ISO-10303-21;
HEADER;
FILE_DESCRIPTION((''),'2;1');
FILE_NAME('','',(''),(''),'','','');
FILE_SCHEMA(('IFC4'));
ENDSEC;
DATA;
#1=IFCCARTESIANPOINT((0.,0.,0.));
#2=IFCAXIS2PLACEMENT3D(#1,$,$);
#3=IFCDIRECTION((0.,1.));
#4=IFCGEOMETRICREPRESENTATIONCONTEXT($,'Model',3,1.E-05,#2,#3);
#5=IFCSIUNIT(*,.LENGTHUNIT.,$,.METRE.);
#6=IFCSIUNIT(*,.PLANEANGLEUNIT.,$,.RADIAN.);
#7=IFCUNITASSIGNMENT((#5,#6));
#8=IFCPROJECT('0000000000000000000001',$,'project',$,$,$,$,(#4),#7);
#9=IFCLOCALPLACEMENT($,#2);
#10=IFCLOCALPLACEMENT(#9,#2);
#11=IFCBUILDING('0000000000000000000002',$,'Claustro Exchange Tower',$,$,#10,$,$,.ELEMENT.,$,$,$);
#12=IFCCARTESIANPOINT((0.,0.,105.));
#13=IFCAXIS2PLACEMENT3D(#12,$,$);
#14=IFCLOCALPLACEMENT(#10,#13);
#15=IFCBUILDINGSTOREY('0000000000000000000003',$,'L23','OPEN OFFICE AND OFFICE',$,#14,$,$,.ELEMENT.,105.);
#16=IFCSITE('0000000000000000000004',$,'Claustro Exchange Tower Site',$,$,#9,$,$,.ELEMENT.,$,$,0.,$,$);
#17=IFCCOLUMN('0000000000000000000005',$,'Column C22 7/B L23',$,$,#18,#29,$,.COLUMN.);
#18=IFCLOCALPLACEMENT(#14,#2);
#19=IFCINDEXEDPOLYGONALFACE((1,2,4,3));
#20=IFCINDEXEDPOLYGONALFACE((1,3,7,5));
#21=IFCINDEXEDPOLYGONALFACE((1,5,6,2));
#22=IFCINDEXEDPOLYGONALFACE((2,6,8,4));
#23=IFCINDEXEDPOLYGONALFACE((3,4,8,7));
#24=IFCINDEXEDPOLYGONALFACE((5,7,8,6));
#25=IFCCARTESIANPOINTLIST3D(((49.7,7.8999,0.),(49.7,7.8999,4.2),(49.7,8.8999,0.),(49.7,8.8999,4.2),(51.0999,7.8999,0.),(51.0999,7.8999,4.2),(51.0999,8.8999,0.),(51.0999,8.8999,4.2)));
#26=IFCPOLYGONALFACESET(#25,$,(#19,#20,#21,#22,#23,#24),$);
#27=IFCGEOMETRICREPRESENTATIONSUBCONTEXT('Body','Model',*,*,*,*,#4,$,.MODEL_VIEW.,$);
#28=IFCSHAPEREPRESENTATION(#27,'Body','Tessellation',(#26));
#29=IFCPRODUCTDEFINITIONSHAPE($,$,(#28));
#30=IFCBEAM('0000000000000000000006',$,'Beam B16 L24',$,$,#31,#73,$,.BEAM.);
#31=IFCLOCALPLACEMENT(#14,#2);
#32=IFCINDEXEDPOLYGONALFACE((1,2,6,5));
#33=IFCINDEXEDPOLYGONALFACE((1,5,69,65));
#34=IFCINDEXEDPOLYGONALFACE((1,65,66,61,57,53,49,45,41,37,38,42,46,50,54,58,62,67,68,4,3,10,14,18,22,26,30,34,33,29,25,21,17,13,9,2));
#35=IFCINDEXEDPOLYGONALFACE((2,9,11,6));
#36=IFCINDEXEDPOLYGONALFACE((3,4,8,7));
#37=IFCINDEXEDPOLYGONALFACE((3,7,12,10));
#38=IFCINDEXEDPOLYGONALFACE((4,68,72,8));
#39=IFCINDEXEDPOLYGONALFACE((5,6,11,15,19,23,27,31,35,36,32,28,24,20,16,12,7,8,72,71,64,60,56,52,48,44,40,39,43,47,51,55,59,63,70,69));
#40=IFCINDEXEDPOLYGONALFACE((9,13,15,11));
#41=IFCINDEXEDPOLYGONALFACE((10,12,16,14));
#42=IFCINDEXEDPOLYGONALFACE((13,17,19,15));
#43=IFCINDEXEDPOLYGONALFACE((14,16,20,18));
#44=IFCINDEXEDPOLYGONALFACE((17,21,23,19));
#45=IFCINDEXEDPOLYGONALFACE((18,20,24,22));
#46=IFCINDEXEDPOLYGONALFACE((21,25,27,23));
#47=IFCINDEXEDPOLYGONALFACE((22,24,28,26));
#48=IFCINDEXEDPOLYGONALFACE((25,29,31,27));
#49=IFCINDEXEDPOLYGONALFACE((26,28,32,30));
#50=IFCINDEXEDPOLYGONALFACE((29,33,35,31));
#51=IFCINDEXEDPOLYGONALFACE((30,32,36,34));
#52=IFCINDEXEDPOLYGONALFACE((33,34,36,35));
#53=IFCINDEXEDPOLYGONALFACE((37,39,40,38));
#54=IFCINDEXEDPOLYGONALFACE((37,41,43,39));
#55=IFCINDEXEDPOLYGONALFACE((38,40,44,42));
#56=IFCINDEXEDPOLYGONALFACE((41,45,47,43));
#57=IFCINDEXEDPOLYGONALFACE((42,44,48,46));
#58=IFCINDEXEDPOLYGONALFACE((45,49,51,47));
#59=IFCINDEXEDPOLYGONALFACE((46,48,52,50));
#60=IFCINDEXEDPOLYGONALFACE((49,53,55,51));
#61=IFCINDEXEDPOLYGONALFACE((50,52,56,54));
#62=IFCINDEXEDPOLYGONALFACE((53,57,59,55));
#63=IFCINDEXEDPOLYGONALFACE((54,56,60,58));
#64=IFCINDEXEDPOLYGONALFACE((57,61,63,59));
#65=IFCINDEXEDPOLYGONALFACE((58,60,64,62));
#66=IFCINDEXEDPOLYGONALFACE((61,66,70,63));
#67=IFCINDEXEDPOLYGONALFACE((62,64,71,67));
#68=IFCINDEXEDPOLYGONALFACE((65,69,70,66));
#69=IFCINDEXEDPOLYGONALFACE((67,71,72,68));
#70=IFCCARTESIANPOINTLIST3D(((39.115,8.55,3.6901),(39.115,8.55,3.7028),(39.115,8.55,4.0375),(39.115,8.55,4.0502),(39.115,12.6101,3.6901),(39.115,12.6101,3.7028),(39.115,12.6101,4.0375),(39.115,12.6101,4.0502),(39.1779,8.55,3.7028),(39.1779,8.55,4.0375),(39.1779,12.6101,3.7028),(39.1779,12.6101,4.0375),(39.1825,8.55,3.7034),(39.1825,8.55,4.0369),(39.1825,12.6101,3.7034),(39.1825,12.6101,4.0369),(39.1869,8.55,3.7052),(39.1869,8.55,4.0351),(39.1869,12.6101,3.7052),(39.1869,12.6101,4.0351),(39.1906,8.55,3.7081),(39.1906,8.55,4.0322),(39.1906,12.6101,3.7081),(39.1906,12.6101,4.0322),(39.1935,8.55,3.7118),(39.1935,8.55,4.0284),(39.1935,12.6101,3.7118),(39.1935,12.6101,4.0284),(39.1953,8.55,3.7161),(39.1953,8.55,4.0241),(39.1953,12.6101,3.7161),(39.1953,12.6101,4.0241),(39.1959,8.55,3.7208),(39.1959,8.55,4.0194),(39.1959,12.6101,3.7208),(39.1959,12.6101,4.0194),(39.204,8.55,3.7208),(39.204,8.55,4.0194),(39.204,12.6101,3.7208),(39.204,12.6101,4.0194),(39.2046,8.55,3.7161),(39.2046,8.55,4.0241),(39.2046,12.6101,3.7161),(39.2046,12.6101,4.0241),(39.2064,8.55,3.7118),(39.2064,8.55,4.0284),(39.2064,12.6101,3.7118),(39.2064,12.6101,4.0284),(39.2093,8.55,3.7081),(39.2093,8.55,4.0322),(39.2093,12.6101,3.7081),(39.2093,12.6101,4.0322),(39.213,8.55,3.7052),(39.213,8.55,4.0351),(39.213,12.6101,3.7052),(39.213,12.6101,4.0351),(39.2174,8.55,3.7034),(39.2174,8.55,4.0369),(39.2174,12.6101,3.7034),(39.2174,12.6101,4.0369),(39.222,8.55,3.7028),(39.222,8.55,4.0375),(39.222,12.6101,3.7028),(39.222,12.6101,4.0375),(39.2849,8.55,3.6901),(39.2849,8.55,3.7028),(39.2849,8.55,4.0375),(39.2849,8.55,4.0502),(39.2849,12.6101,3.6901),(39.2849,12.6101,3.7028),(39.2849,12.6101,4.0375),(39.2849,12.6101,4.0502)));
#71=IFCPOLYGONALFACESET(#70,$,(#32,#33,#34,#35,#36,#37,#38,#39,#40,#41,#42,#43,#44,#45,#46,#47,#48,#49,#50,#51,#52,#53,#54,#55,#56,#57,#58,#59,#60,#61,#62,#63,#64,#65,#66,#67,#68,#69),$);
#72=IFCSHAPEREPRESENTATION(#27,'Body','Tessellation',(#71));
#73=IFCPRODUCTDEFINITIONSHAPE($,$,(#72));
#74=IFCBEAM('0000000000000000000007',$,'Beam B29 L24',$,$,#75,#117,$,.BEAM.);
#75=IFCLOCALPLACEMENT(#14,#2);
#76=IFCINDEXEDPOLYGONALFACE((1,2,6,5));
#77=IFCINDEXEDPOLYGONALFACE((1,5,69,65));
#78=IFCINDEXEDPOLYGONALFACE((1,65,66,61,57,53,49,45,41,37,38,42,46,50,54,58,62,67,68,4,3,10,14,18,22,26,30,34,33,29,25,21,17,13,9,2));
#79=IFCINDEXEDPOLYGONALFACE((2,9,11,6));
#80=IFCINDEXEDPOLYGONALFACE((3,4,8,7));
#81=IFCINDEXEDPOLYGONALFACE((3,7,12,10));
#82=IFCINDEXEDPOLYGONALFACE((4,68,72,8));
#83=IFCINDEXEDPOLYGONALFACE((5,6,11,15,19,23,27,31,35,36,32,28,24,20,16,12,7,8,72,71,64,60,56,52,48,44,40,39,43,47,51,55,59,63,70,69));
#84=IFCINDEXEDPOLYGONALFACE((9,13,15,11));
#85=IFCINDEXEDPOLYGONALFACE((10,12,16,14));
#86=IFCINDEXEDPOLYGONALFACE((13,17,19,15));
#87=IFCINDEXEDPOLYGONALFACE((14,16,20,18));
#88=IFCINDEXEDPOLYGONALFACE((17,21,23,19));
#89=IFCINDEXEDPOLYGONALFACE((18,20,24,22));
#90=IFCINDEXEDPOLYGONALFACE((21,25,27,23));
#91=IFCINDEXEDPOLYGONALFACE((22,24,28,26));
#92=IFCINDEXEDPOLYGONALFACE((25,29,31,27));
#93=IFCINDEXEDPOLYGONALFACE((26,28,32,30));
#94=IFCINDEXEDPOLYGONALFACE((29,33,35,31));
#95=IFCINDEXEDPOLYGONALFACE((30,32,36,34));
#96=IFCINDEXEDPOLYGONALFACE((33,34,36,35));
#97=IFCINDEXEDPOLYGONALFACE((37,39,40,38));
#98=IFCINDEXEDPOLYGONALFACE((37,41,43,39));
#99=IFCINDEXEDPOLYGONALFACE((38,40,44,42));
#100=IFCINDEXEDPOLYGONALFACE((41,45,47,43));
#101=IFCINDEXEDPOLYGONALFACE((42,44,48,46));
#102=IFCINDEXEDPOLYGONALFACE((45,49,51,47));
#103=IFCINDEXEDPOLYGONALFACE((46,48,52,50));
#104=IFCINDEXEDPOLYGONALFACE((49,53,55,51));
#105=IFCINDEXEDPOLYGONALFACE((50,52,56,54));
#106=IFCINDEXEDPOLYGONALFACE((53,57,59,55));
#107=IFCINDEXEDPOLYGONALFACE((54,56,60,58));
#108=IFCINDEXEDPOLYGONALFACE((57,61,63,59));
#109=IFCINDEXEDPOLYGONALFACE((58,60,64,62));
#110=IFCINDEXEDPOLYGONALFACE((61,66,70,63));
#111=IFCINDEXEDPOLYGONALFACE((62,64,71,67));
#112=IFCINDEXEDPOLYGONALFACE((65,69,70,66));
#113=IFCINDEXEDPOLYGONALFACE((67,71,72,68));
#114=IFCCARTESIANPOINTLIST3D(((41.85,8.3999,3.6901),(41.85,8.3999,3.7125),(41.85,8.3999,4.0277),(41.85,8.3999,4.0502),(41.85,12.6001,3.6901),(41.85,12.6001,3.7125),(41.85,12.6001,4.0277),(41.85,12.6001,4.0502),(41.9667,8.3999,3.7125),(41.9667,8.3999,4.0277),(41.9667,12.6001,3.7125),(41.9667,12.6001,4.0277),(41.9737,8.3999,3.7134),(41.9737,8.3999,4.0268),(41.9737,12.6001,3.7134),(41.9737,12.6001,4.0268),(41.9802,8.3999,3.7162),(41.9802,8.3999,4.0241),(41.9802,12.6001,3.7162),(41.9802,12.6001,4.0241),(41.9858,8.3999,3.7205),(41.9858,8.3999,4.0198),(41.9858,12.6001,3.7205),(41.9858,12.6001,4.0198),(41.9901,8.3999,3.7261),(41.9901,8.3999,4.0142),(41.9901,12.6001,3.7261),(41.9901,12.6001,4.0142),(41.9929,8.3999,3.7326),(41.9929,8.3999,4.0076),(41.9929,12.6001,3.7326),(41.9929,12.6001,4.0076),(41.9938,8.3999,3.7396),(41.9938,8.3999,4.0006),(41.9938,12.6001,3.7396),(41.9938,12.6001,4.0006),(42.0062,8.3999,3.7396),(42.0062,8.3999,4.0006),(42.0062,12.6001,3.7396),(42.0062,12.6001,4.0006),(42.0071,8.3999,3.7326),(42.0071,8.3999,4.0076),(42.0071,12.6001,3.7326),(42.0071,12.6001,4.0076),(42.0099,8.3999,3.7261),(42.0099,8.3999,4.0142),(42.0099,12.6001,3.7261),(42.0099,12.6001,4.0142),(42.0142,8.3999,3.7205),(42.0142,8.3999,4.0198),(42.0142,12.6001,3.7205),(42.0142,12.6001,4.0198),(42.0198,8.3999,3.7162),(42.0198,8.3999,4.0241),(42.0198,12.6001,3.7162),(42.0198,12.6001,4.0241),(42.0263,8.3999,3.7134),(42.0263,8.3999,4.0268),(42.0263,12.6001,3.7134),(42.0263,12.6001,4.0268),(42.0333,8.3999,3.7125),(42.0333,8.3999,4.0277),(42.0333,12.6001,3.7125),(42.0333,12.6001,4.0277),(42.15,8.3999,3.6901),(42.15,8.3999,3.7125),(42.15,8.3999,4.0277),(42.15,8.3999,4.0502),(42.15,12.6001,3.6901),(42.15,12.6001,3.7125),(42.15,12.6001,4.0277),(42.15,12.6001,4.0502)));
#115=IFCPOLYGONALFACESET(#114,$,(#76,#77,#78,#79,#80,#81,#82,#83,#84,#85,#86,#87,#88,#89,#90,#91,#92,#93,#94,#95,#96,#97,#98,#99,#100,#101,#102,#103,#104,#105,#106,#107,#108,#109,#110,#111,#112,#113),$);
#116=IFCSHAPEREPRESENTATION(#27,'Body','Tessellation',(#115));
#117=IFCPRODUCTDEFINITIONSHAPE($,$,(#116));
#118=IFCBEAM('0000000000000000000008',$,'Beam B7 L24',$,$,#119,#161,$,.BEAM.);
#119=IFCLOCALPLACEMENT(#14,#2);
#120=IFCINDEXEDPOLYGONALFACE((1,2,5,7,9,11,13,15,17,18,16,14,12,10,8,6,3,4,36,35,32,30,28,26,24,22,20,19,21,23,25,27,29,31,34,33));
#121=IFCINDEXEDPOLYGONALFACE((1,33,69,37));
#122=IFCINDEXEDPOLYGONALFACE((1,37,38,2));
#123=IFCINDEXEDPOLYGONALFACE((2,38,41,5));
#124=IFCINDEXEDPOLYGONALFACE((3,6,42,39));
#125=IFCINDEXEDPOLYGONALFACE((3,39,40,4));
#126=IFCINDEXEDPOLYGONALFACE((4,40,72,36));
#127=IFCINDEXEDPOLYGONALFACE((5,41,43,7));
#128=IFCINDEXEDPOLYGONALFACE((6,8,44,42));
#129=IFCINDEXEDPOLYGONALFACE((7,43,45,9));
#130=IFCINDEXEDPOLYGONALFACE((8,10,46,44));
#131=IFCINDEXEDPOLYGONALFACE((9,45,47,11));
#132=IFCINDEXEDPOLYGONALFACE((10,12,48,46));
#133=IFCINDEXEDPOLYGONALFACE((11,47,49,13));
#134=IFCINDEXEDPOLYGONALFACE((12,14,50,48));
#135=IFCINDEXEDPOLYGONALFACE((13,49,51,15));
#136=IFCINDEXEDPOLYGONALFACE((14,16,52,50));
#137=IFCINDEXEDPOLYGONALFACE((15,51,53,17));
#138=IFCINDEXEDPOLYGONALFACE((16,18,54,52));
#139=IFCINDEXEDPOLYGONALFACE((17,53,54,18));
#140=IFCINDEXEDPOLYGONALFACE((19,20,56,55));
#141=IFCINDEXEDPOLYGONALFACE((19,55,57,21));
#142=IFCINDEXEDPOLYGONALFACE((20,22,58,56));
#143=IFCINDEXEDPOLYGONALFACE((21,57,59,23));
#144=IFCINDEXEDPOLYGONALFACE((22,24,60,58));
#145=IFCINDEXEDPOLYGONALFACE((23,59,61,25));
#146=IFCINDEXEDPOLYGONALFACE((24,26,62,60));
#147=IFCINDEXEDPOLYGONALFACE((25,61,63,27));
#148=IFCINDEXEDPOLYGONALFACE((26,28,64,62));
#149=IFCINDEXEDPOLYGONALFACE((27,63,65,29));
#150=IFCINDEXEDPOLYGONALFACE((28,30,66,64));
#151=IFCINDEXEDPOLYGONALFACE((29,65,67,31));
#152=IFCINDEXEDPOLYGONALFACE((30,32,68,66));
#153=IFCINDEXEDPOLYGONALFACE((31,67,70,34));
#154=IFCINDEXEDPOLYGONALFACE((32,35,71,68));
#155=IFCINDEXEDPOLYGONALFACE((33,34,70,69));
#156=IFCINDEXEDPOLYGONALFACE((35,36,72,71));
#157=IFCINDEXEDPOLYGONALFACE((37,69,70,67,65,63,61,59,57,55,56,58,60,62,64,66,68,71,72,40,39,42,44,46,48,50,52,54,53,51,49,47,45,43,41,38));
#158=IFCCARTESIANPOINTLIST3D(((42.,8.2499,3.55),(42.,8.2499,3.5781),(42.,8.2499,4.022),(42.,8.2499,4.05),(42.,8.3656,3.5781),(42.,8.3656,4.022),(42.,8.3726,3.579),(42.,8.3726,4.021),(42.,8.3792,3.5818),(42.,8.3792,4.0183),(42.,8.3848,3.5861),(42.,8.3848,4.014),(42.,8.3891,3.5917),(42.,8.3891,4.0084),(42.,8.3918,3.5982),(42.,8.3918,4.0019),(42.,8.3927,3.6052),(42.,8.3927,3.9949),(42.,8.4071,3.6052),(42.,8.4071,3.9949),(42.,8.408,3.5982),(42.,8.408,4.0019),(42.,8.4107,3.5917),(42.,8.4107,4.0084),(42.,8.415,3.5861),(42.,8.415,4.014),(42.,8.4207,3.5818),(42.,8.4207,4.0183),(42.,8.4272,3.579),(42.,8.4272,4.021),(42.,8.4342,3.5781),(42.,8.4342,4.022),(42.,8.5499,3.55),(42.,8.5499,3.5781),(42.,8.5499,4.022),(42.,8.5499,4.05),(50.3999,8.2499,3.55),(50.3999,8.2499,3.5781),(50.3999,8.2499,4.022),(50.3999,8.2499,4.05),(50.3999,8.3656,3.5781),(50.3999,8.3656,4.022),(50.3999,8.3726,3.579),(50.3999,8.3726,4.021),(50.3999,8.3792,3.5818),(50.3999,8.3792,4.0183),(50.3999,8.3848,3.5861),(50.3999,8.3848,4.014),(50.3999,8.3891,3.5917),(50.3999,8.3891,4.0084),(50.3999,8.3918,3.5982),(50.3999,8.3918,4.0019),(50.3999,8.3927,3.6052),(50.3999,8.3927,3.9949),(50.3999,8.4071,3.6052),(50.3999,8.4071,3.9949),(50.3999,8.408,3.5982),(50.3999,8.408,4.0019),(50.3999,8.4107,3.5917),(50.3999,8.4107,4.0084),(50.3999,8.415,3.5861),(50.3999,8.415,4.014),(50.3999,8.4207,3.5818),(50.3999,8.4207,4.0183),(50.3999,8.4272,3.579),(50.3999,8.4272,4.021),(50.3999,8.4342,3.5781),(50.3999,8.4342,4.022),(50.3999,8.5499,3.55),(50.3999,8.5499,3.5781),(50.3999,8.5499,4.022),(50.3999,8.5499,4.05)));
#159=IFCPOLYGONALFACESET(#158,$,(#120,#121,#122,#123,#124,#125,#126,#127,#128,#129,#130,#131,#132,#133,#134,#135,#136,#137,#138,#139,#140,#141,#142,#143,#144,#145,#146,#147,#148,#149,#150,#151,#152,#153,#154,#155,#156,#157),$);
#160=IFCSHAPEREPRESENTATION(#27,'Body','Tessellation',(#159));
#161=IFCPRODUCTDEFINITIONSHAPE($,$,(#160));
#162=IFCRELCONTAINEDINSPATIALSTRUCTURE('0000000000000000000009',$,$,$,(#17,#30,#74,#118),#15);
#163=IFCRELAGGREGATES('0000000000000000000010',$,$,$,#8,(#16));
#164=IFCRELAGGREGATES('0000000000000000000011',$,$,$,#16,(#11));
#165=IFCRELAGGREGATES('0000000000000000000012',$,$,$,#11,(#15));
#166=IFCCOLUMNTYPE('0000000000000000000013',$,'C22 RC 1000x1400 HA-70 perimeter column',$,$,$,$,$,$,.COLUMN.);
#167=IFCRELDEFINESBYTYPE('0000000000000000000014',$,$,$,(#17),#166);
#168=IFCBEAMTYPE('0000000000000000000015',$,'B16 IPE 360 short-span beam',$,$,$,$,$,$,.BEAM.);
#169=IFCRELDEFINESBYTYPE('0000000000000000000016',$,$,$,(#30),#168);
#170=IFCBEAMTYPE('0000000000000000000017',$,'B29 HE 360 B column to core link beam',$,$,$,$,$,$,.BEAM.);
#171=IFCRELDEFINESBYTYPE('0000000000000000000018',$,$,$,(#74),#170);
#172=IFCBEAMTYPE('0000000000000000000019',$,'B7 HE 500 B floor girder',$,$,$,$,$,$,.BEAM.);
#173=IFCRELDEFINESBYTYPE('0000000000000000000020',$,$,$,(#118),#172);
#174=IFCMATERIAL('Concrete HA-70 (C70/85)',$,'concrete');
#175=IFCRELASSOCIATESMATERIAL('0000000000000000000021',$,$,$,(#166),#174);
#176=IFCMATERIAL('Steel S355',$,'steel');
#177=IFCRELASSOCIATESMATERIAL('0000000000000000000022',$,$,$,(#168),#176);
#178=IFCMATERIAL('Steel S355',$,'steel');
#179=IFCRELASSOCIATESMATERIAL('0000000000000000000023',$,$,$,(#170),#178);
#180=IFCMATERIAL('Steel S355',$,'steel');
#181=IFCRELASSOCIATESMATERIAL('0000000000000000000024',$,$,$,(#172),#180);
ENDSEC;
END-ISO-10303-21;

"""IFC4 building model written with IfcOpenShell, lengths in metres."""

from ifc_helpers import new_model, si_unit, direction, frame, origin, origin_2d, place, context, subcontext, project, spatial, rectangle, i_section, extrude, material, material_profile, profile_set, type_object, element, save


model = new_model("IFC4")

# Units and contexts
model_context = context("Model", 3, precision=1e-05, world=origin(), true_north=direction((0.0, 1.0)))
body_context = subcontext(model_context, "Body", "Model", "MODEL_VIEW")
ifc_project = project(units=[si_unit("LENGTHUNIT", "METRE"), si_unit("PLANEANGLEUNIT", "RADIAN")], contexts=[model_context])

# Site, building, storey
site_placement = place(None, origin())
site = spatial("IfcSite", under=ifc_project, at=site_placement, Name="Claustro Exchange Tower Site", CompositionType="ELEMENT", RefElevation=0.0)
building_placement = place(site_placement, origin())
building = spatial("IfcBuilding", under=site, at=building_placement, Name="Claustro Exchange Tower", CompositionType="ELEMENT")
storey_placement = place(building_placement, frame((0.0, 0.0, 105.0)))
storey = spatial("IfcBuildingStorey", under=building, at=storey_placement, Name="L23", Description="OPEN OFFICE AND OFFICE", CompositionType="ELEMENT", Elevation=105.0)

# Column
ifc_material_1 = material(Name="Concrete HA-70 (C70/85)", Category="concrete")
ifc_material_profile_1 = material_profile(ifc_material_1, rectangle(XDim=1.0, YDim=1.3999, at=origin_2d()), Name="RC 1000x1400")
ifc_profile_set_1 = profile_set([ifc_material_profile_1], Name="Concrete HA-70 (C70/85)")
column_type = type_object("IfcColumnType", Name="C22 RC 1000x1400 HA-70 perimeter column", PredefinedType="COLUMN", material=ifc_profile_set_1)
column_placement = place(storey_placement, frame((50.3999, 8.3999, 0.0), z_axis=(0.0, 0.0, 1.0), x_axis=(0.0, 1.0, 0.0)))
element("IfcColumn", 1, at=column_placement, inside=storey, type_object=column_type, Name="Column C22 7/B L23", PredefinedType="COLUMN", context=body_context, shape_type="SweptSolid", body=[
    extrude(rectangle(XDim=1.0, YDim=1.3999, at=origin_2d()), origin(), (0.0, 0.0, 1.0), 4.2),
])

# Beams
ifc_material_2 = material(Name="Steel S355", Category="steel")
ifc_material_profile_2 = material_profile(ifc_material_2, i_section(OverallWidth=0.1699, OverallDepth=0.3601, WebThickness=0.0081, FlangeThickness=0.0127, FilletRadius=0.0181, at=origin_2d()), Name="IPE 360")
ifc_profile_set_2 = profile_set([ifc_material_profile_2], Name="Steel S355")
beam_type_1 = type_object("IfcBeamType", Name="B16 IPE 360 short-span beam", PredefinedType="BEAM", material=ifc_profile_set_2)
beam_1_placement = place(storey_placement, frame((39.2, 8.55, 3.8701), z_axis=(0.0, 1.0, 0.0), x_axis=(-1.0, 0.0, 0.0)))
element("IfcBeam", 2, at=beam_1_placement, inside=storey, type_object=beam_type_1, Name="Beam B16 L24", PredefinedType="BEAM", context=body_context, shape_type="SweptSolid", body=[
    extrude(i_section(OverallWidth=0.1699, OverallDepth=0.3601, WebThickness=0.0081, FlangeThickness=0.0127, FilletRadius=0.0181, at=origin_2d()), origin(), (0.0, 0.0, 1.0), 4.0601),
])
ifc_material_3 = material(Name="Steel S355", Category="steel")
ifc_material_profile_3 = material_profile(ifc_material_3, i_section(OverallWidth=0.3, OverallDepth=0.3601, WebThickness=0.0125, FlangeThickness=0.0225, FilletRadius=0.0271, at=origin_2d()), Name="HE 360 B")
ifc_profile_set_3 = profile_set([ifc_material_profile_3], Name="Steel S355")
beam_type_2 = type_object("IfcBeamType", Name="B29 HE 360 B column to core link beam", PredefinedType="BEAM", material=ifc_profile_set_3)
beam_2_placement = place(storey_placement, frame((42.0, 8.3999, 3.8701), z_axis=(0.0, 1.0, 0.0), x_axis=(-1.0, 0.0, 0.0)))
element("IfcBeam", 3, at=beam_2_placement, inside=storey, type_object=beam_type_2, Name="Beam B29 L24", PredefinedType="BEAM", context=body_context, shape_type="SweptSolid", body=[
    extrude(i_section(OverallWidth=0.3, OverallDepth=0.3601, WebThickness=0.0125, FlangeThickness=0.0225, FilletRadius=0.0271, at=origin_2d()), origin(), (0.0, 0.0, 1.0), 4.2002),
])
ifc_material_4 = material(Name="Steel S355", Category="steel")
ifc_material_profile_4 = material_profile(ifc_material_4, i_section(OverallWidth=0.3, OverallDepth=0.5, WebThickness=0.0144, FlangeThickness=0.0281, FilletRadius=0.0271, at=origin_2d()), Name="HE 500 B")
ifc_profile_set_4 = profile_set([ifc_material_profile_4], Name="Steel S355")
beam_type_3 = type_object("IfcBeamType", Name="B7 HE 500 B floor girder", PredefinedType="BEAM", material=ifc_profile_set_4)
beam_3_placement = place(storey_placement, frame((42.0, 8.3999, 3.8), z_axis=(1.0, 0.0, 0.0), x_axis=(0.0, 1.0, 0.0)))
element("IfcBeam", 4, at=beam_3_placement, inside=storey, type_object=beam_type_3, Name="Beam B7 L24", PredefinedType="BEAM", context=body_context, shape_type="SweptSolid", body=[
    extrude(i_section(OverallWidth=0.3, OverallDepth=0.5, WebThickness=0.0144, FlangeThickness=0.0281, FilletRadius=0.0271, at=origin_2d()), origin(), (0.0, 0.0, 1.0), 8.3999),
])

save(model, "model.ifc")
